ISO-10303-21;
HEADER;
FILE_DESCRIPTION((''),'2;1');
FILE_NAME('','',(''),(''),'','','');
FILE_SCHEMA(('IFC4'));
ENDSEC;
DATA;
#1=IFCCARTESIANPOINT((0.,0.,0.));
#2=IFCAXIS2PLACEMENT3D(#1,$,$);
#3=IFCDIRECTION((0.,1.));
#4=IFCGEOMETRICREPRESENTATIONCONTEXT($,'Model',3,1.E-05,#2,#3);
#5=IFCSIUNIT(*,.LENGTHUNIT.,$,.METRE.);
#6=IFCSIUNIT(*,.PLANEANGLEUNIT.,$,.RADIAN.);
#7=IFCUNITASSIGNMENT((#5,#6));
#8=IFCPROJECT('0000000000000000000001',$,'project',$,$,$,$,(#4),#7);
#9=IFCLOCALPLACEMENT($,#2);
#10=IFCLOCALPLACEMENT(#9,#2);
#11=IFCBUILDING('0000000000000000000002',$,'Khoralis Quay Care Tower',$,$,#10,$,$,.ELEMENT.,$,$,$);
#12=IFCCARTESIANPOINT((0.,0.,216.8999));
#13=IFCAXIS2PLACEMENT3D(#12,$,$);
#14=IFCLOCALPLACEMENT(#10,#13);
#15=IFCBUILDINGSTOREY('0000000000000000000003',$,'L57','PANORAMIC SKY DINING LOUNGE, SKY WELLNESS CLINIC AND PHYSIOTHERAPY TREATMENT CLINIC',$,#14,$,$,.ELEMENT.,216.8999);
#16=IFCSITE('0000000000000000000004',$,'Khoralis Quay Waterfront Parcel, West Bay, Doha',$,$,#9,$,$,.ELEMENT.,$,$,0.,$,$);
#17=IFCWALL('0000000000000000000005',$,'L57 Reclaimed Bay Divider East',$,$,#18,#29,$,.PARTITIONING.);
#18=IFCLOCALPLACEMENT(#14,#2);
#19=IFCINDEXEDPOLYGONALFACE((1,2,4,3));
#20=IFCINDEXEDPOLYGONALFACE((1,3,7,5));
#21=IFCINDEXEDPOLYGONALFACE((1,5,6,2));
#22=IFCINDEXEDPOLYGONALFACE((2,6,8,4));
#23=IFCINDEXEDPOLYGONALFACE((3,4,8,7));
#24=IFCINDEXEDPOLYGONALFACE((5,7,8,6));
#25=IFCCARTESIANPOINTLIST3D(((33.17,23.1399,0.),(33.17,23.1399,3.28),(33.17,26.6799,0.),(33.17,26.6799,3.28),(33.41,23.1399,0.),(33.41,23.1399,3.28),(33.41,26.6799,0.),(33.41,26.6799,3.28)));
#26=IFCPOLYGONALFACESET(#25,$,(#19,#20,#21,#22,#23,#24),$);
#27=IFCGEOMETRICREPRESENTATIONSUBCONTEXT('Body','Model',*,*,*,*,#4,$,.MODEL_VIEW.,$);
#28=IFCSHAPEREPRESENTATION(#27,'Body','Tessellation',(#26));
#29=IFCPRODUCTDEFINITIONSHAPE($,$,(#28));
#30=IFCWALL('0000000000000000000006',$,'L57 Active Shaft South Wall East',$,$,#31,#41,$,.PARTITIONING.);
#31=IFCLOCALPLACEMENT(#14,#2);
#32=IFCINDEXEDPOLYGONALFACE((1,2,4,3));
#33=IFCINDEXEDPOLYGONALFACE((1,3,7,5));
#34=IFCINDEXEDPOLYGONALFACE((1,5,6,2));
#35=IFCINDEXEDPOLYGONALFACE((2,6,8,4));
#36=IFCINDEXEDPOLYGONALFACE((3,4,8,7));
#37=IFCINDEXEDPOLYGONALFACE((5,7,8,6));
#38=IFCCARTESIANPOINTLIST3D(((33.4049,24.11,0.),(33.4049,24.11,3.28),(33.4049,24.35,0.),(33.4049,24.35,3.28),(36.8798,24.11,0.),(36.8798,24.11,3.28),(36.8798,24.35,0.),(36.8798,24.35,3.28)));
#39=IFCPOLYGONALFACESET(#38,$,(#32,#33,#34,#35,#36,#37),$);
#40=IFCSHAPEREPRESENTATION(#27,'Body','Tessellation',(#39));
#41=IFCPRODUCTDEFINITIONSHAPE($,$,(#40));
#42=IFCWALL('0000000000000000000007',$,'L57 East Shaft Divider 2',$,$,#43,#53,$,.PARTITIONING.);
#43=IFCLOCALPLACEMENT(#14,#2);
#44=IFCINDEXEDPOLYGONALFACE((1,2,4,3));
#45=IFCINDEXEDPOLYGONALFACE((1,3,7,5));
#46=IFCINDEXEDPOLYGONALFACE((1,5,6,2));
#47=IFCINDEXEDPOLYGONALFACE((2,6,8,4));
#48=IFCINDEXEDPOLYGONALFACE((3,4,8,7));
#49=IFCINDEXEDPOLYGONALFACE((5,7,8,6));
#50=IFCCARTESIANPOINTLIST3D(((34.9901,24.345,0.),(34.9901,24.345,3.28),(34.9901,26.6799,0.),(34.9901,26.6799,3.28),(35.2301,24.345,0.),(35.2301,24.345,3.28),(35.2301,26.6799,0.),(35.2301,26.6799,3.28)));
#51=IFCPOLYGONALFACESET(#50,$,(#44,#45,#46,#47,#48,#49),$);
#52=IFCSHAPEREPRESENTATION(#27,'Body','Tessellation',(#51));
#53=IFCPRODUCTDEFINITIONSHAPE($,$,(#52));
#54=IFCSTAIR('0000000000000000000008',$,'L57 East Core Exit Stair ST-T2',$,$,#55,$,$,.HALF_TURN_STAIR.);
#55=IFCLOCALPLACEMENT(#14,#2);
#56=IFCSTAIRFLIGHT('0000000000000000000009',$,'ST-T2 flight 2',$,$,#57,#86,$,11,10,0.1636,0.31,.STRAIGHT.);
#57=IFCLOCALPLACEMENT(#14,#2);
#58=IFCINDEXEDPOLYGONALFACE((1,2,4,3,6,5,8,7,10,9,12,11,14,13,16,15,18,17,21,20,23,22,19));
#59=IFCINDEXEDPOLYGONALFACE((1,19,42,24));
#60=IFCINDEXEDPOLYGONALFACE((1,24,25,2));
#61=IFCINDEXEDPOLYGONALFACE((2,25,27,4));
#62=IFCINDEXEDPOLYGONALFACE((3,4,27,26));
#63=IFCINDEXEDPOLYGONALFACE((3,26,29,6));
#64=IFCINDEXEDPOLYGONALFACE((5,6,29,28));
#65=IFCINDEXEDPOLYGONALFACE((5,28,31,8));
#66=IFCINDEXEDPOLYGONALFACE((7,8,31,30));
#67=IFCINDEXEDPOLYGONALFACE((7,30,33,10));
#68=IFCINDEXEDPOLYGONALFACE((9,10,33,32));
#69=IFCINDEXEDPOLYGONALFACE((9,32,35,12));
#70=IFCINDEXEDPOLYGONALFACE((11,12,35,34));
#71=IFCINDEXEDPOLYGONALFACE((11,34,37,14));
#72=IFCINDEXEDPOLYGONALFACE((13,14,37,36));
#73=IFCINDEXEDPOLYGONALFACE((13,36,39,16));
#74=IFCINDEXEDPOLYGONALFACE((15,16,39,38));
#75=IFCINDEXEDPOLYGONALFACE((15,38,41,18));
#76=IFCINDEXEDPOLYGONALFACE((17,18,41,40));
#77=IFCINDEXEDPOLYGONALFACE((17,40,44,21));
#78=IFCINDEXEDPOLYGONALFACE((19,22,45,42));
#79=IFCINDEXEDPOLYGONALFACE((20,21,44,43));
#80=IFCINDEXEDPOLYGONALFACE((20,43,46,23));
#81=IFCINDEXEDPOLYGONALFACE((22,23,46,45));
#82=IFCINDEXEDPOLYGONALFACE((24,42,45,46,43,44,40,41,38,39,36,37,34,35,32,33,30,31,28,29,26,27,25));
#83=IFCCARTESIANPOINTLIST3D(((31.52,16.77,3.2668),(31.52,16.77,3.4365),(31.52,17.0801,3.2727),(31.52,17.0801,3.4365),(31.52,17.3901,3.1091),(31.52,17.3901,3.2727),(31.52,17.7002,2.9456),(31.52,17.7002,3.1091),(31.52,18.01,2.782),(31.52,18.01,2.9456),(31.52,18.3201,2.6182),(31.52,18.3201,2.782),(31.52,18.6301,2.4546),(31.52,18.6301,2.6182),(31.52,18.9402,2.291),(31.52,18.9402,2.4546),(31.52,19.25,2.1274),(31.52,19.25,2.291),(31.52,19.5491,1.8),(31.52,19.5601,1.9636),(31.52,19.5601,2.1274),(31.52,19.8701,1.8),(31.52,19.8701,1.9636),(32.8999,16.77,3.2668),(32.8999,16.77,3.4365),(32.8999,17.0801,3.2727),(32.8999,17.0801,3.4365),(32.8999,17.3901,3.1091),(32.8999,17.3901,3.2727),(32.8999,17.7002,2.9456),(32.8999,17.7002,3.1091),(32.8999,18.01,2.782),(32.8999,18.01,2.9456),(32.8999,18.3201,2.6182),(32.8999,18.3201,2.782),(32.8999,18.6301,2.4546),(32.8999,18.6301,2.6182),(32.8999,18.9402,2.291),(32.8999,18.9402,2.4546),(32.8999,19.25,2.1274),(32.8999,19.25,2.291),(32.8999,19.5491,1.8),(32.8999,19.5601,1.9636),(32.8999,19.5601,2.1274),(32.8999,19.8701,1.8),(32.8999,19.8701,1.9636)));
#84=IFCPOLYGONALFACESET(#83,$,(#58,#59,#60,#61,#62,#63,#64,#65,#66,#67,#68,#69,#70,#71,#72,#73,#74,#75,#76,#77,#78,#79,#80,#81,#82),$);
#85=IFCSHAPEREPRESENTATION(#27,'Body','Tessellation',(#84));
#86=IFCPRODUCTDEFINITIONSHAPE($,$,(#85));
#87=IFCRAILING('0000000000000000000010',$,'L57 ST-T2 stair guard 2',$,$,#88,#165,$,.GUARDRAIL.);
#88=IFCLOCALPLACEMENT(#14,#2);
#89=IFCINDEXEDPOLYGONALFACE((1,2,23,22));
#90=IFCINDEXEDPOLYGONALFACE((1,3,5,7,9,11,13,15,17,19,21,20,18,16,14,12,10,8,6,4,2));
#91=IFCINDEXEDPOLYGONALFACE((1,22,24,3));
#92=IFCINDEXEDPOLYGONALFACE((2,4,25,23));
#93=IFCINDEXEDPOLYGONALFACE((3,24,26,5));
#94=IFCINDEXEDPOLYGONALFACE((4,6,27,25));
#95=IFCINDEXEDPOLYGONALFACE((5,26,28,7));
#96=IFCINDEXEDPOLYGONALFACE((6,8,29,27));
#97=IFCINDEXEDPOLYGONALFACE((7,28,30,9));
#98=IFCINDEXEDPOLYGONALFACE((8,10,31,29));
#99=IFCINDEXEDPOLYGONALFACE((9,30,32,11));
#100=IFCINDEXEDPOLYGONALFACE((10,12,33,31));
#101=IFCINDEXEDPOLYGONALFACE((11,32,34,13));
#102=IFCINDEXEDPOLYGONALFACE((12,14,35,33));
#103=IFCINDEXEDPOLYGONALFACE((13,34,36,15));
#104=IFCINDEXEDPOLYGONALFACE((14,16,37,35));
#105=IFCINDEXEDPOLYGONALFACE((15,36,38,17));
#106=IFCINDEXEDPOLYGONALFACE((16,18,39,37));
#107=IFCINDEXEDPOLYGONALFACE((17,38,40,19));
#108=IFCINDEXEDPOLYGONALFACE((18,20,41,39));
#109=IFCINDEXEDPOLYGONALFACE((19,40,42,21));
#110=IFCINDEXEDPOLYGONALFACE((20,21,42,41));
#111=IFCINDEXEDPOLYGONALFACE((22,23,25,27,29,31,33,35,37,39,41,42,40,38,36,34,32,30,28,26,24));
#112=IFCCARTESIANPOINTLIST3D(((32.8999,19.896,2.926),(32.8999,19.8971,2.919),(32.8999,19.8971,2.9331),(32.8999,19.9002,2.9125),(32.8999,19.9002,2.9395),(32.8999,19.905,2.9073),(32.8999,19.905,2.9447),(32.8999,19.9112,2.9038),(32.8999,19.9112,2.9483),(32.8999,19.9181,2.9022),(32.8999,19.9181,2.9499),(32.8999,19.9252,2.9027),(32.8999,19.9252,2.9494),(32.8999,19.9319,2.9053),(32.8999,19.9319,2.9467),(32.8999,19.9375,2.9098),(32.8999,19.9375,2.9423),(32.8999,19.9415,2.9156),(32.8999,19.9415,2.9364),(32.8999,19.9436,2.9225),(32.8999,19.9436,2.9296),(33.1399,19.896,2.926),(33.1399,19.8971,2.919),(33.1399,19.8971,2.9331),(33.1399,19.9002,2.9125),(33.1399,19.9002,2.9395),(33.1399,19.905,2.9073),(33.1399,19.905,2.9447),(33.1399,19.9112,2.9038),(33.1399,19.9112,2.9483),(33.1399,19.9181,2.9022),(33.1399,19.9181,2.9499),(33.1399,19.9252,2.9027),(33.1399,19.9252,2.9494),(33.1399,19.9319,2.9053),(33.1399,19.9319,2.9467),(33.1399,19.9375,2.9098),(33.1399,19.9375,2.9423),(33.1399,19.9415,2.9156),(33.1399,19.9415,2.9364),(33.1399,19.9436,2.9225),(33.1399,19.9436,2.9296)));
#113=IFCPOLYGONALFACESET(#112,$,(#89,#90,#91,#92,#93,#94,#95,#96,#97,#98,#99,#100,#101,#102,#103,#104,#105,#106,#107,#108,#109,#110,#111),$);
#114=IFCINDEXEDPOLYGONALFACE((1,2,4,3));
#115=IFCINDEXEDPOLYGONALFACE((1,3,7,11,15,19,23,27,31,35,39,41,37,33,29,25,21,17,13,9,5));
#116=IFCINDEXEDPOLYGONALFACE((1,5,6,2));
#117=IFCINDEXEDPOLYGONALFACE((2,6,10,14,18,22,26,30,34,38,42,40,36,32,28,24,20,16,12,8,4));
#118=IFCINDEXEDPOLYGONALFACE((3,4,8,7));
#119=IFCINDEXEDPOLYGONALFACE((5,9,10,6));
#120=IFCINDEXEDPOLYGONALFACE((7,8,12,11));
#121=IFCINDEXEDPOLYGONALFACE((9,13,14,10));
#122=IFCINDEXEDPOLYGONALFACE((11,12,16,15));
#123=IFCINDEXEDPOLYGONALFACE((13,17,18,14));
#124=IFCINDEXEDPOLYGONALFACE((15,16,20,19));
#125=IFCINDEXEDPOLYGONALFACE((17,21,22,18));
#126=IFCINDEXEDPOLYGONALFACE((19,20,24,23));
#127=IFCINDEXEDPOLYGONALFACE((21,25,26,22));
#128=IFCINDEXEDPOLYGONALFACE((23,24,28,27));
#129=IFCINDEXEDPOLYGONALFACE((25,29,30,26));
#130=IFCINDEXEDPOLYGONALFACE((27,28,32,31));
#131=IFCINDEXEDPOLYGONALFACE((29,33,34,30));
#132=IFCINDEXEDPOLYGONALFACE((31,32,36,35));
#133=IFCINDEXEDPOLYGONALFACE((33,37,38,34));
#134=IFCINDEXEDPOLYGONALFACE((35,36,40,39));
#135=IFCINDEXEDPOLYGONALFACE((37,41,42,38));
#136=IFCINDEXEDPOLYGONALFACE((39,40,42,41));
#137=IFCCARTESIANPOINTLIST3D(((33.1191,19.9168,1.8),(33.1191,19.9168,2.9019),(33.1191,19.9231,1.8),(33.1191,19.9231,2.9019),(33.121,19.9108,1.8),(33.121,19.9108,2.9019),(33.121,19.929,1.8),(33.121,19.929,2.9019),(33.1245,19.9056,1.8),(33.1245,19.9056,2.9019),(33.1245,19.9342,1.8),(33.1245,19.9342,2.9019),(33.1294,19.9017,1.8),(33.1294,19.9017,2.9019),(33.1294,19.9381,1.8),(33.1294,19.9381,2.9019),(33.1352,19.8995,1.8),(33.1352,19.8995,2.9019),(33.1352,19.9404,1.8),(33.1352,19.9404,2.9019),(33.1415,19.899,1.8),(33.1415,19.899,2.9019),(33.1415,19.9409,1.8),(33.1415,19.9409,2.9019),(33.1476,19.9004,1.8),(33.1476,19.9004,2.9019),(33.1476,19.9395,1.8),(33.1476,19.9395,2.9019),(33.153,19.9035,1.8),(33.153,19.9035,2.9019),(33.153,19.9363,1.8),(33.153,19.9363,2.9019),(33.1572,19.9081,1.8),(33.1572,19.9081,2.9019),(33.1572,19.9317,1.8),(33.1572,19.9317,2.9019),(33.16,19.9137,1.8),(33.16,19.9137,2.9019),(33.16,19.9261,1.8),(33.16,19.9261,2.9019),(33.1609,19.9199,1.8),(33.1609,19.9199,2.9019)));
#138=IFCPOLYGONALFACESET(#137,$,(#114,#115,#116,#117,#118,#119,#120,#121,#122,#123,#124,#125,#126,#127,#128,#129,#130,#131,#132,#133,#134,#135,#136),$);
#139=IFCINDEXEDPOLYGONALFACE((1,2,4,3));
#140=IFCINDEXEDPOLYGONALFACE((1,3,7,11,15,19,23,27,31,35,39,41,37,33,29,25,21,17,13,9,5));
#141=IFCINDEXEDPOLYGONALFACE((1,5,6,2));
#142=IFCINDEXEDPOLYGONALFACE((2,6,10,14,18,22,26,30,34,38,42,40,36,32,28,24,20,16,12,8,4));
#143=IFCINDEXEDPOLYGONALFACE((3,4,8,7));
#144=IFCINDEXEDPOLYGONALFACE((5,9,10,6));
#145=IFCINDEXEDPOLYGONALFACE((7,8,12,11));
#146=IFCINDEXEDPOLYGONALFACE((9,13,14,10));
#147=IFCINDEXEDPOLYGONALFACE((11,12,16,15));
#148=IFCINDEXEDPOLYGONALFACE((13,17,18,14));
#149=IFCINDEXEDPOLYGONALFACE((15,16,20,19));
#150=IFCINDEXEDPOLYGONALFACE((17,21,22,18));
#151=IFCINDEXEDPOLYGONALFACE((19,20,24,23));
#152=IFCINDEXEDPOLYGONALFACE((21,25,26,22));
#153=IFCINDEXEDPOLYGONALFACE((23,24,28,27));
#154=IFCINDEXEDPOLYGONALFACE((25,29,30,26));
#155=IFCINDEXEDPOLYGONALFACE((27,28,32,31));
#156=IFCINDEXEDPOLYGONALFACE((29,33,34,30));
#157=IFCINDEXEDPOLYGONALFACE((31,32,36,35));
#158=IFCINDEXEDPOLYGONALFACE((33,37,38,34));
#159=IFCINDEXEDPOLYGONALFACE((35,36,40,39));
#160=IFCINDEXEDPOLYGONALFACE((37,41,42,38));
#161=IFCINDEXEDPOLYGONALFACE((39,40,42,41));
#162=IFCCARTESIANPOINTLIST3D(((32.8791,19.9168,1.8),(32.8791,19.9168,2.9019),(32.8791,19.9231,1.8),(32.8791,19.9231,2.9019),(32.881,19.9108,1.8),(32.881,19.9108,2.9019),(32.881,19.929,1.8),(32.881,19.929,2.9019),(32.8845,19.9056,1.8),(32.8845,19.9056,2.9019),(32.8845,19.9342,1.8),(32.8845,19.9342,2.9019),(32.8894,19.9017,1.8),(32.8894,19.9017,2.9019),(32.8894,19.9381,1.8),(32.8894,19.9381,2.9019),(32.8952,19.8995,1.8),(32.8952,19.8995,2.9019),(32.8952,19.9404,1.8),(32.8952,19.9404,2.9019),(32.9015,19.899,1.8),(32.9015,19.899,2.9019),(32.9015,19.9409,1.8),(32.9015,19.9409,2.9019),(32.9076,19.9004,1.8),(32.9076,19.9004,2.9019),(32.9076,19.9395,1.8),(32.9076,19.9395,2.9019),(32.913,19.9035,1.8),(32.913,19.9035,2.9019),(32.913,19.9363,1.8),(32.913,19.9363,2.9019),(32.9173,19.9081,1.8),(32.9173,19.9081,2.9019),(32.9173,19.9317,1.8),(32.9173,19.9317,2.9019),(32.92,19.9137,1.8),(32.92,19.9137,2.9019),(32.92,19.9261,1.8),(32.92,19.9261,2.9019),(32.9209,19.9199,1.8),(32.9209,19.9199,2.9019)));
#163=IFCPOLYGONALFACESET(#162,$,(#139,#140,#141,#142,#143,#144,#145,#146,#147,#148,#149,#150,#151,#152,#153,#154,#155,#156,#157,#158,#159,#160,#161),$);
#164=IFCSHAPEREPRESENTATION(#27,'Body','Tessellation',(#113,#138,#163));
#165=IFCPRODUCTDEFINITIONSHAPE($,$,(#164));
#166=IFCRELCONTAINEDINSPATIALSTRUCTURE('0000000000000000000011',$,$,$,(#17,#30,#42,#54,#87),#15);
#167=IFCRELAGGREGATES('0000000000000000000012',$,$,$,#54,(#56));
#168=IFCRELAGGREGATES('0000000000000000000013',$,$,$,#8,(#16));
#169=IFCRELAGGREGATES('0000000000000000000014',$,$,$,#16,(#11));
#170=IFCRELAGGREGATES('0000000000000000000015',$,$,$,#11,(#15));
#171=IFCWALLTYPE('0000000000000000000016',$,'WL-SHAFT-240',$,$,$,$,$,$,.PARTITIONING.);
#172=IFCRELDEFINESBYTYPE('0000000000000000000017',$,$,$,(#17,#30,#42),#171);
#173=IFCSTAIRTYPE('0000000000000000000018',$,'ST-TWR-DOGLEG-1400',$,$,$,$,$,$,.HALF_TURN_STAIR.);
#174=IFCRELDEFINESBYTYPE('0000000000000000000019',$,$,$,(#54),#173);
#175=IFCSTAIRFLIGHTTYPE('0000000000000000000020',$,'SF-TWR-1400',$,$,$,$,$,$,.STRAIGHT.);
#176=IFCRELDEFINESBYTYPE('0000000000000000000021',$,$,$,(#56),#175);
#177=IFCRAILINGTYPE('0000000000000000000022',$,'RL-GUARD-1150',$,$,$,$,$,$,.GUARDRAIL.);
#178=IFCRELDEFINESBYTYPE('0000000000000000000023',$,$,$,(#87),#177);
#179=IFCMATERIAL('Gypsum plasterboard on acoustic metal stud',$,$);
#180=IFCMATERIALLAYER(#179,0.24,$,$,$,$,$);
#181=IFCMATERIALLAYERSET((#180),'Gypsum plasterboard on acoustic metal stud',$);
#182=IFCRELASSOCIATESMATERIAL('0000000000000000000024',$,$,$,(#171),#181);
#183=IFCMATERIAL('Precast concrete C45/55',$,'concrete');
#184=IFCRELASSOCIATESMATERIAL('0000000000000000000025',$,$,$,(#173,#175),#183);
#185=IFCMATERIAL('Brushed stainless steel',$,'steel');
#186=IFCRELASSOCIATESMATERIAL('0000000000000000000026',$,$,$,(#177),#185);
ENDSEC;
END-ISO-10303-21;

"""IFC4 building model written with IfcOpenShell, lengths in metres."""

from ifc_helpers import new_model, si_unit, direction, frame, frame_2d, origin, origin_2d, place, context, subcontext, project, spatial, polyline, rectangle, circle, outline, extrude, source, transform, mapped, material, layer, layer_set, type_object, element, aggregate, save


model = new_model("IFC4")

# Units and contexts
model_context = context("Model", 3, precision=1e-05, world=origin(), true_north=direction((0.0, 1.0)))
body_context = subcontext(model_context, "Body", "Model", "MODEL_VIEW")
ifc_project = project(units=[si_unit("LENGTHUNIT", "METRE"), si_unit("PLANEANGLEUNIT", "RADIAN")], contexts=[model_context])

# Site, building, storey
site_placement = place(None, origin())
site = spatial("IfcSite", under=ifc_project, at=site_placement, Name="Khoralis Quay Waterfront Parcel, West Bay, Doha", CompositionType="ELEMENT", RefElevation=0.0)
building_placement = place(site_placement, origin())
building = spatial("IfcBuilding", under=site, at=building_placement, Name="Khoralis Quay Care Tower", CompositionType="ELEMENT")
storey_placement = place(building_placement, frame((0.0, 0.0, 216.8999)))
storey = spatial("IfcBuildingStorey", under=building, at=storey_placement, Name="L57", Description="PANORAMIC SKY DINING LOUNGE, SKY WELLNESS CLINIC AND PHYSIOTHERAPY TREATMENT CLINIC", CompositionType="ELEMENT", Elevation=216.8999)

# Shared definitions
ifc_material_1 = material(Name="Precast concrete C45/55", Category="concrete")

# Walls
ifc_material_2 = material(Name="Gypsum plasterboard on acoustic metal stud")
ifc_layer_1 = layer(ifc_material_2, 0.24)
ifc_layer_set_1 = layer_set([ifc_layer_1], Name="Gypsum plasterboard on acoustic metal stud")
wall_type_1 = type_object("IfcWallType", Name="WL-SHAFT-240", PredefinedType="PARTITIONING", material=ifc_layer_set_1)
wall_1_placement = place(storey_placement, frame((33.29, 23.1399, 0.0), z_axis=(0.0, 0.0, 1.0), x_axis=(0.0, 1.0, 0.0)))
element("IfcWall", 1, at=wall_1_placement, inside=storey, type_object=wall_type_1, Name="L57 Reclaimed Bay Divider East", PredefinedType="PARTITIONING", context=body_context, shape_type="SweptSolid", body=[
    extrude(rectangle(XDim=3.54, YDim=0.24, at=frame_2d((1.77, 0.0))), origin(), (0.0, 0.0, 1.0), 3.28),
])
wall_2_placement = place(storey_placement, frame((33.405, 24.23, 0.0), z_axis=(0.0, 0.0, 1.0), x_axis=(1.0, 0.0, 0.0)))
element("IfcWall", 2, at=wall_2_placement, inside=storey, type_object=wall_type_1, Name="L57 Active Shaft South Wall East", PredefinedType="PARTITIONING", context=body_context, shape_type="SweptSolid", body=[
    extrude(rectangle(XDim=3.4749, YDim=0.24, at=frame_2d((1.7373, 0.0))), origin(), (0.0, 0.0, 1.0), 3.28),
])
wall_3_placement = place(storey_placement, frame((35.1101, 24.345, 0.0), z_axis=(0.0, 0.0, 1.0), x_axis=(0.0, 1.0, 0.0)))
element("IfcWall", 3, at=wall_3_placement, inside=storey, type_object=wall_type_1, Name="L57 East Shaft Divider 2", PredefinedType="PARTITIONING", context=body_context, shape_type="SweptSolid", body=[
    extrude(rectangle(XDim=2.335, YDim=0.24, at=frame_2d((1.1675, 0.0))), origin(), (0.0, 0.0, 1.0), 3.28),
])

# Stair, stair flight
stair_type = type_object("IfcStairType", Name="ST-TWR-DOGLEG-1400", PredefinedType="HALF_TURN_STAIR", material=ifc_material_1)
stair_placement = place(storey_placement, origin())
stair = element("IfcStair", 4, at=stair_placement, inside=storey, type_object=stair_type, Name="L57 East Core Exit Stair ST-T2", PredefinedType="HALF_TURN_STAIR")
stair_flight_type = type_object("IfcStairFlightType", Name="SF-TWR-1400", PredefinedType="STRAIGHT", material=ifc_material_1)
shared_shape_1 = source(origin(), body_context, "Body", "SweptSolid", [
    extrude(outline(polyline([(0.0, 0.0), (0.0, 0.1636), (0.3101, 0.1636), (0.3101, 0.3274), (0.6201, 0.3274), (0.6201, 0.491), (0.9299, 0.491), (0.9299, 0.6545), (1.24, 0.6545), (1.24, 0.8181), (1.55, 0.8181), (1.55, 0.9819), (1.8601, 0.9819), (1.8601, 1.1455), (2.1699, 1.1455), (2.1699, 1.3091), (2.48, 1.3091), (2.48, 1.4727), (2.79, 1.4727), (2.79, 1.6365), (3.1001, 1.6365), (3.1001, 1.8), (3.1001, 1.4668), (0.321, 0.0), (0.0, 0.0)])), frame((0.0, 0.6899, 0.0), z_axis=(0.0, -1.0, 0.0), x_axis=(1.0, 0.0, 0.0)), (0.0, 0.0, 1.0), 1.3799),
])
stair_flight_placement = place(storey_placement, frame((32.21, 19.8701, 1.8), z_axis=(0.0, 0.0, 1.0), x_axis=(0.0, -1.0, 0.0)))
stair_flight = element("IfcStairFlight", 5, at=stair_flight_placement, type_object=stair_flight_type, Name="ST-T2 flight 2", NumberOfRisers=11, NumberOfTreads=10, PredefinedType="STRAIGHT", RiserHeight=0.1636, TreadLength=0.31, context=body_context, shape_type="MappedRepresentation", body=[
    mapped(shared_shape_1, transform((0.0, 0.0, 0.0), scale=1.0)),
])
aggregate(stair, [stair_flight])

# Railing
ifc_material_3 = material(Name="Brushed stainless steel", Category="steel")
railing_type = type_object("IfcRailingType", Name="RL-GUARD-1150", PredefinedType="GUARDRAIL", material=ifc_material_3)
railing_1_placement = place(storey_placement, frame((33.1399, 19.9199, 1.8)))
element("IfcRailing", 6, at=railing_1_placement, inside=storey, type_object=railing_type, Name="L57 ST-T2 stair guard 2", PredefinedType="GUARDRAIL", context=body_context, shape_type="SweptSolid", body=[
    extrude(circle(Radius=0.0239, at=origin_2d()), frame((0.0, 0.0, 1.126), z_axis=(-1.0, 0.0, 0.0), x_axis=(0.0, -1.0, 0.0)), (0.0, 0.0, 1.0), 0.24),
    extrude(circle(Radius=0.021, at=origin_2d()), origin(), (0.0, 0.0, 1.0), 1.1018),
    extrude(circle(Radius=0.021, at=origin_2d()), frame((-0.24, 0.0, 0.0)), (0.0, 0.0, 1.0), 1.1018),
])

save(model, "model.ifc")
